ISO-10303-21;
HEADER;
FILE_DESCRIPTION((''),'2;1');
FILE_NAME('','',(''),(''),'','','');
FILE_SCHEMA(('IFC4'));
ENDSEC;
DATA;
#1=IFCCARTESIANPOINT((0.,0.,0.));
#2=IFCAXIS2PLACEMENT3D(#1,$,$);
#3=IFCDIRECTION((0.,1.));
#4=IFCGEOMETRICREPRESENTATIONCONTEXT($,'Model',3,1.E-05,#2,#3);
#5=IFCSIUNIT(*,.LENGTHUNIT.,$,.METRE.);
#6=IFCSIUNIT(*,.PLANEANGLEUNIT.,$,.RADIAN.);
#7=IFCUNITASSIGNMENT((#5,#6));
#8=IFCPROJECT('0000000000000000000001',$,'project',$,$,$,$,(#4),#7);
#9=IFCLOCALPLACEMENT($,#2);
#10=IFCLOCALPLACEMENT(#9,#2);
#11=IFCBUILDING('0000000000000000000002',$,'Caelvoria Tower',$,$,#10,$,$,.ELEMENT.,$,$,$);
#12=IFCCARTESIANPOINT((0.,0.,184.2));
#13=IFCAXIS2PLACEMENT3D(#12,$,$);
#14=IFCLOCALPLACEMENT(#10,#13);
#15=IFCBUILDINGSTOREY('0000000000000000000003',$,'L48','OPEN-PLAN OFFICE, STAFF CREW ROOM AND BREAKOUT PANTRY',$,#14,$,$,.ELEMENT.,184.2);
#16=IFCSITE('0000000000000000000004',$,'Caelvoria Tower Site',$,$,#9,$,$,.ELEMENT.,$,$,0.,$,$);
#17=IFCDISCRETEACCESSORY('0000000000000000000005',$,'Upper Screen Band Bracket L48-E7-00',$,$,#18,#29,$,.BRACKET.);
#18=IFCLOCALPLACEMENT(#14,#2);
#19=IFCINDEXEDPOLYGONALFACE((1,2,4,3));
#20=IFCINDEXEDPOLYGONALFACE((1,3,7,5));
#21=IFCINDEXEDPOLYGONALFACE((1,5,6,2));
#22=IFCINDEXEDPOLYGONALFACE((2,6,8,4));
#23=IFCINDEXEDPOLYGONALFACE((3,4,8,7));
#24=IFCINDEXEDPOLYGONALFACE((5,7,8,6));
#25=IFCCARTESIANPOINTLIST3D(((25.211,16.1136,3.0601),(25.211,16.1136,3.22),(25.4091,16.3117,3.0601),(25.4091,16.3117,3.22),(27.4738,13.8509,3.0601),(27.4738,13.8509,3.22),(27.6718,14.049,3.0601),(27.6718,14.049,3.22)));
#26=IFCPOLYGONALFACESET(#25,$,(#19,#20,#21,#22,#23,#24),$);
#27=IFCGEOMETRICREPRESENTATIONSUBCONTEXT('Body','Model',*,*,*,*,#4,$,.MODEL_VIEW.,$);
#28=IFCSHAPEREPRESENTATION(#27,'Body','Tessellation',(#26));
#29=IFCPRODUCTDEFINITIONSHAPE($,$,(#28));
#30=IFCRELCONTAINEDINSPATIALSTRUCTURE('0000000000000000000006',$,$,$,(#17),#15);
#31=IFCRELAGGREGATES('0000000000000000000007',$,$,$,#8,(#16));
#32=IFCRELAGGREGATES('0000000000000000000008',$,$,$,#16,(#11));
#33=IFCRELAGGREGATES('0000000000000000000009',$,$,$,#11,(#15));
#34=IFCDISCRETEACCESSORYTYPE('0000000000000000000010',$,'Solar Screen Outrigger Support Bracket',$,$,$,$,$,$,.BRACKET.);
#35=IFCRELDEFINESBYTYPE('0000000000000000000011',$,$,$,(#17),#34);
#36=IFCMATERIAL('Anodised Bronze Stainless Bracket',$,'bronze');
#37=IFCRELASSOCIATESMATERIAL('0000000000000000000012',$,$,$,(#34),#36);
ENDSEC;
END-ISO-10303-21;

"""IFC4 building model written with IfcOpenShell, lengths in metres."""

from ifc_helpers import new_model, si_unit, direction, frame, origin, origin_2d, place, context, subcontext, project, spatial, rectangle, extrude, material, type_object, element, save


model = new_model("IFC4")

# Units and contexts
model_context = context("Model", 3, precision=1e-05, world=origin(), true_north=direction((0.0, 1.0)))
body_context = subcontext(model_context, "Body", "Model", "MODEL_VIEW")
ifc_project = project(units=[si_unit("LENGTHUNIT", "METRE"), si_unit("PLANEANGLEUNIT", "RADIAN")], contexts=[model_context])

# Site, building, storey
site_placement = place(None, origin())
site = spatial("IfcSite", under=ifc_project, at=site_placement, Name="Caelvoria Tower Site", CompositionType="ELEMENT", RefElevation=0.0)
building_placement = place(site_placement, origin())
building = spatial("IfcBuilding", under=site, at=building_placement, Name="Caelvoria Tower", CompositionType="ELEMENT")
storey_placement = place(building_placement, frame((0.0, 0.0, 184.2)))
storey = spatial("IfcBuildingStorey", under=building, at=storey_placement, Name="L48", Description="OPEN-PLAN OFFICE, STAFF CREW ROOM AND BREAKOUT PANTRY", CompositionType="ELEMENT", Elevation=184.2)

# Discrete accessory
ifc_material_1 = material(Name="Anodised Bronze Stainless Bracket", Category="bronze")
discrete_accessory_type = type_object("IfcDiscreteAccessoryType", Name="Solar Screen Outrigger Support Bracket", PredefinedType="BRACKET", material=ifc_material_1)
for number, where, z_axis, x_axis, name in (
    (1, (26.4414, 15.0813, 3.0601), (0.0, 0.0, 1.0), (0.707107, -0.707107, 0.0), "Upper Screen Band Bracket L48-E7-00"),
):
    element("IfcDiscreteAccessory", number, at=place(storey_placement, frame(where, z_axis=z_axis, x_axis=x_axis)), inside=storey, type_object=discrete_accessory_type, Name=name, PredefinedType="BRACKET", context=body_context, shape_type="SweptSolid", body=[
        extrude(rectangle(XDim=3.2, YDim=0.28, at=origin_2d()), origin(), (0.0, 0.0, 1.0), 0.1599),
    ])

save(model, "model.ifc")
